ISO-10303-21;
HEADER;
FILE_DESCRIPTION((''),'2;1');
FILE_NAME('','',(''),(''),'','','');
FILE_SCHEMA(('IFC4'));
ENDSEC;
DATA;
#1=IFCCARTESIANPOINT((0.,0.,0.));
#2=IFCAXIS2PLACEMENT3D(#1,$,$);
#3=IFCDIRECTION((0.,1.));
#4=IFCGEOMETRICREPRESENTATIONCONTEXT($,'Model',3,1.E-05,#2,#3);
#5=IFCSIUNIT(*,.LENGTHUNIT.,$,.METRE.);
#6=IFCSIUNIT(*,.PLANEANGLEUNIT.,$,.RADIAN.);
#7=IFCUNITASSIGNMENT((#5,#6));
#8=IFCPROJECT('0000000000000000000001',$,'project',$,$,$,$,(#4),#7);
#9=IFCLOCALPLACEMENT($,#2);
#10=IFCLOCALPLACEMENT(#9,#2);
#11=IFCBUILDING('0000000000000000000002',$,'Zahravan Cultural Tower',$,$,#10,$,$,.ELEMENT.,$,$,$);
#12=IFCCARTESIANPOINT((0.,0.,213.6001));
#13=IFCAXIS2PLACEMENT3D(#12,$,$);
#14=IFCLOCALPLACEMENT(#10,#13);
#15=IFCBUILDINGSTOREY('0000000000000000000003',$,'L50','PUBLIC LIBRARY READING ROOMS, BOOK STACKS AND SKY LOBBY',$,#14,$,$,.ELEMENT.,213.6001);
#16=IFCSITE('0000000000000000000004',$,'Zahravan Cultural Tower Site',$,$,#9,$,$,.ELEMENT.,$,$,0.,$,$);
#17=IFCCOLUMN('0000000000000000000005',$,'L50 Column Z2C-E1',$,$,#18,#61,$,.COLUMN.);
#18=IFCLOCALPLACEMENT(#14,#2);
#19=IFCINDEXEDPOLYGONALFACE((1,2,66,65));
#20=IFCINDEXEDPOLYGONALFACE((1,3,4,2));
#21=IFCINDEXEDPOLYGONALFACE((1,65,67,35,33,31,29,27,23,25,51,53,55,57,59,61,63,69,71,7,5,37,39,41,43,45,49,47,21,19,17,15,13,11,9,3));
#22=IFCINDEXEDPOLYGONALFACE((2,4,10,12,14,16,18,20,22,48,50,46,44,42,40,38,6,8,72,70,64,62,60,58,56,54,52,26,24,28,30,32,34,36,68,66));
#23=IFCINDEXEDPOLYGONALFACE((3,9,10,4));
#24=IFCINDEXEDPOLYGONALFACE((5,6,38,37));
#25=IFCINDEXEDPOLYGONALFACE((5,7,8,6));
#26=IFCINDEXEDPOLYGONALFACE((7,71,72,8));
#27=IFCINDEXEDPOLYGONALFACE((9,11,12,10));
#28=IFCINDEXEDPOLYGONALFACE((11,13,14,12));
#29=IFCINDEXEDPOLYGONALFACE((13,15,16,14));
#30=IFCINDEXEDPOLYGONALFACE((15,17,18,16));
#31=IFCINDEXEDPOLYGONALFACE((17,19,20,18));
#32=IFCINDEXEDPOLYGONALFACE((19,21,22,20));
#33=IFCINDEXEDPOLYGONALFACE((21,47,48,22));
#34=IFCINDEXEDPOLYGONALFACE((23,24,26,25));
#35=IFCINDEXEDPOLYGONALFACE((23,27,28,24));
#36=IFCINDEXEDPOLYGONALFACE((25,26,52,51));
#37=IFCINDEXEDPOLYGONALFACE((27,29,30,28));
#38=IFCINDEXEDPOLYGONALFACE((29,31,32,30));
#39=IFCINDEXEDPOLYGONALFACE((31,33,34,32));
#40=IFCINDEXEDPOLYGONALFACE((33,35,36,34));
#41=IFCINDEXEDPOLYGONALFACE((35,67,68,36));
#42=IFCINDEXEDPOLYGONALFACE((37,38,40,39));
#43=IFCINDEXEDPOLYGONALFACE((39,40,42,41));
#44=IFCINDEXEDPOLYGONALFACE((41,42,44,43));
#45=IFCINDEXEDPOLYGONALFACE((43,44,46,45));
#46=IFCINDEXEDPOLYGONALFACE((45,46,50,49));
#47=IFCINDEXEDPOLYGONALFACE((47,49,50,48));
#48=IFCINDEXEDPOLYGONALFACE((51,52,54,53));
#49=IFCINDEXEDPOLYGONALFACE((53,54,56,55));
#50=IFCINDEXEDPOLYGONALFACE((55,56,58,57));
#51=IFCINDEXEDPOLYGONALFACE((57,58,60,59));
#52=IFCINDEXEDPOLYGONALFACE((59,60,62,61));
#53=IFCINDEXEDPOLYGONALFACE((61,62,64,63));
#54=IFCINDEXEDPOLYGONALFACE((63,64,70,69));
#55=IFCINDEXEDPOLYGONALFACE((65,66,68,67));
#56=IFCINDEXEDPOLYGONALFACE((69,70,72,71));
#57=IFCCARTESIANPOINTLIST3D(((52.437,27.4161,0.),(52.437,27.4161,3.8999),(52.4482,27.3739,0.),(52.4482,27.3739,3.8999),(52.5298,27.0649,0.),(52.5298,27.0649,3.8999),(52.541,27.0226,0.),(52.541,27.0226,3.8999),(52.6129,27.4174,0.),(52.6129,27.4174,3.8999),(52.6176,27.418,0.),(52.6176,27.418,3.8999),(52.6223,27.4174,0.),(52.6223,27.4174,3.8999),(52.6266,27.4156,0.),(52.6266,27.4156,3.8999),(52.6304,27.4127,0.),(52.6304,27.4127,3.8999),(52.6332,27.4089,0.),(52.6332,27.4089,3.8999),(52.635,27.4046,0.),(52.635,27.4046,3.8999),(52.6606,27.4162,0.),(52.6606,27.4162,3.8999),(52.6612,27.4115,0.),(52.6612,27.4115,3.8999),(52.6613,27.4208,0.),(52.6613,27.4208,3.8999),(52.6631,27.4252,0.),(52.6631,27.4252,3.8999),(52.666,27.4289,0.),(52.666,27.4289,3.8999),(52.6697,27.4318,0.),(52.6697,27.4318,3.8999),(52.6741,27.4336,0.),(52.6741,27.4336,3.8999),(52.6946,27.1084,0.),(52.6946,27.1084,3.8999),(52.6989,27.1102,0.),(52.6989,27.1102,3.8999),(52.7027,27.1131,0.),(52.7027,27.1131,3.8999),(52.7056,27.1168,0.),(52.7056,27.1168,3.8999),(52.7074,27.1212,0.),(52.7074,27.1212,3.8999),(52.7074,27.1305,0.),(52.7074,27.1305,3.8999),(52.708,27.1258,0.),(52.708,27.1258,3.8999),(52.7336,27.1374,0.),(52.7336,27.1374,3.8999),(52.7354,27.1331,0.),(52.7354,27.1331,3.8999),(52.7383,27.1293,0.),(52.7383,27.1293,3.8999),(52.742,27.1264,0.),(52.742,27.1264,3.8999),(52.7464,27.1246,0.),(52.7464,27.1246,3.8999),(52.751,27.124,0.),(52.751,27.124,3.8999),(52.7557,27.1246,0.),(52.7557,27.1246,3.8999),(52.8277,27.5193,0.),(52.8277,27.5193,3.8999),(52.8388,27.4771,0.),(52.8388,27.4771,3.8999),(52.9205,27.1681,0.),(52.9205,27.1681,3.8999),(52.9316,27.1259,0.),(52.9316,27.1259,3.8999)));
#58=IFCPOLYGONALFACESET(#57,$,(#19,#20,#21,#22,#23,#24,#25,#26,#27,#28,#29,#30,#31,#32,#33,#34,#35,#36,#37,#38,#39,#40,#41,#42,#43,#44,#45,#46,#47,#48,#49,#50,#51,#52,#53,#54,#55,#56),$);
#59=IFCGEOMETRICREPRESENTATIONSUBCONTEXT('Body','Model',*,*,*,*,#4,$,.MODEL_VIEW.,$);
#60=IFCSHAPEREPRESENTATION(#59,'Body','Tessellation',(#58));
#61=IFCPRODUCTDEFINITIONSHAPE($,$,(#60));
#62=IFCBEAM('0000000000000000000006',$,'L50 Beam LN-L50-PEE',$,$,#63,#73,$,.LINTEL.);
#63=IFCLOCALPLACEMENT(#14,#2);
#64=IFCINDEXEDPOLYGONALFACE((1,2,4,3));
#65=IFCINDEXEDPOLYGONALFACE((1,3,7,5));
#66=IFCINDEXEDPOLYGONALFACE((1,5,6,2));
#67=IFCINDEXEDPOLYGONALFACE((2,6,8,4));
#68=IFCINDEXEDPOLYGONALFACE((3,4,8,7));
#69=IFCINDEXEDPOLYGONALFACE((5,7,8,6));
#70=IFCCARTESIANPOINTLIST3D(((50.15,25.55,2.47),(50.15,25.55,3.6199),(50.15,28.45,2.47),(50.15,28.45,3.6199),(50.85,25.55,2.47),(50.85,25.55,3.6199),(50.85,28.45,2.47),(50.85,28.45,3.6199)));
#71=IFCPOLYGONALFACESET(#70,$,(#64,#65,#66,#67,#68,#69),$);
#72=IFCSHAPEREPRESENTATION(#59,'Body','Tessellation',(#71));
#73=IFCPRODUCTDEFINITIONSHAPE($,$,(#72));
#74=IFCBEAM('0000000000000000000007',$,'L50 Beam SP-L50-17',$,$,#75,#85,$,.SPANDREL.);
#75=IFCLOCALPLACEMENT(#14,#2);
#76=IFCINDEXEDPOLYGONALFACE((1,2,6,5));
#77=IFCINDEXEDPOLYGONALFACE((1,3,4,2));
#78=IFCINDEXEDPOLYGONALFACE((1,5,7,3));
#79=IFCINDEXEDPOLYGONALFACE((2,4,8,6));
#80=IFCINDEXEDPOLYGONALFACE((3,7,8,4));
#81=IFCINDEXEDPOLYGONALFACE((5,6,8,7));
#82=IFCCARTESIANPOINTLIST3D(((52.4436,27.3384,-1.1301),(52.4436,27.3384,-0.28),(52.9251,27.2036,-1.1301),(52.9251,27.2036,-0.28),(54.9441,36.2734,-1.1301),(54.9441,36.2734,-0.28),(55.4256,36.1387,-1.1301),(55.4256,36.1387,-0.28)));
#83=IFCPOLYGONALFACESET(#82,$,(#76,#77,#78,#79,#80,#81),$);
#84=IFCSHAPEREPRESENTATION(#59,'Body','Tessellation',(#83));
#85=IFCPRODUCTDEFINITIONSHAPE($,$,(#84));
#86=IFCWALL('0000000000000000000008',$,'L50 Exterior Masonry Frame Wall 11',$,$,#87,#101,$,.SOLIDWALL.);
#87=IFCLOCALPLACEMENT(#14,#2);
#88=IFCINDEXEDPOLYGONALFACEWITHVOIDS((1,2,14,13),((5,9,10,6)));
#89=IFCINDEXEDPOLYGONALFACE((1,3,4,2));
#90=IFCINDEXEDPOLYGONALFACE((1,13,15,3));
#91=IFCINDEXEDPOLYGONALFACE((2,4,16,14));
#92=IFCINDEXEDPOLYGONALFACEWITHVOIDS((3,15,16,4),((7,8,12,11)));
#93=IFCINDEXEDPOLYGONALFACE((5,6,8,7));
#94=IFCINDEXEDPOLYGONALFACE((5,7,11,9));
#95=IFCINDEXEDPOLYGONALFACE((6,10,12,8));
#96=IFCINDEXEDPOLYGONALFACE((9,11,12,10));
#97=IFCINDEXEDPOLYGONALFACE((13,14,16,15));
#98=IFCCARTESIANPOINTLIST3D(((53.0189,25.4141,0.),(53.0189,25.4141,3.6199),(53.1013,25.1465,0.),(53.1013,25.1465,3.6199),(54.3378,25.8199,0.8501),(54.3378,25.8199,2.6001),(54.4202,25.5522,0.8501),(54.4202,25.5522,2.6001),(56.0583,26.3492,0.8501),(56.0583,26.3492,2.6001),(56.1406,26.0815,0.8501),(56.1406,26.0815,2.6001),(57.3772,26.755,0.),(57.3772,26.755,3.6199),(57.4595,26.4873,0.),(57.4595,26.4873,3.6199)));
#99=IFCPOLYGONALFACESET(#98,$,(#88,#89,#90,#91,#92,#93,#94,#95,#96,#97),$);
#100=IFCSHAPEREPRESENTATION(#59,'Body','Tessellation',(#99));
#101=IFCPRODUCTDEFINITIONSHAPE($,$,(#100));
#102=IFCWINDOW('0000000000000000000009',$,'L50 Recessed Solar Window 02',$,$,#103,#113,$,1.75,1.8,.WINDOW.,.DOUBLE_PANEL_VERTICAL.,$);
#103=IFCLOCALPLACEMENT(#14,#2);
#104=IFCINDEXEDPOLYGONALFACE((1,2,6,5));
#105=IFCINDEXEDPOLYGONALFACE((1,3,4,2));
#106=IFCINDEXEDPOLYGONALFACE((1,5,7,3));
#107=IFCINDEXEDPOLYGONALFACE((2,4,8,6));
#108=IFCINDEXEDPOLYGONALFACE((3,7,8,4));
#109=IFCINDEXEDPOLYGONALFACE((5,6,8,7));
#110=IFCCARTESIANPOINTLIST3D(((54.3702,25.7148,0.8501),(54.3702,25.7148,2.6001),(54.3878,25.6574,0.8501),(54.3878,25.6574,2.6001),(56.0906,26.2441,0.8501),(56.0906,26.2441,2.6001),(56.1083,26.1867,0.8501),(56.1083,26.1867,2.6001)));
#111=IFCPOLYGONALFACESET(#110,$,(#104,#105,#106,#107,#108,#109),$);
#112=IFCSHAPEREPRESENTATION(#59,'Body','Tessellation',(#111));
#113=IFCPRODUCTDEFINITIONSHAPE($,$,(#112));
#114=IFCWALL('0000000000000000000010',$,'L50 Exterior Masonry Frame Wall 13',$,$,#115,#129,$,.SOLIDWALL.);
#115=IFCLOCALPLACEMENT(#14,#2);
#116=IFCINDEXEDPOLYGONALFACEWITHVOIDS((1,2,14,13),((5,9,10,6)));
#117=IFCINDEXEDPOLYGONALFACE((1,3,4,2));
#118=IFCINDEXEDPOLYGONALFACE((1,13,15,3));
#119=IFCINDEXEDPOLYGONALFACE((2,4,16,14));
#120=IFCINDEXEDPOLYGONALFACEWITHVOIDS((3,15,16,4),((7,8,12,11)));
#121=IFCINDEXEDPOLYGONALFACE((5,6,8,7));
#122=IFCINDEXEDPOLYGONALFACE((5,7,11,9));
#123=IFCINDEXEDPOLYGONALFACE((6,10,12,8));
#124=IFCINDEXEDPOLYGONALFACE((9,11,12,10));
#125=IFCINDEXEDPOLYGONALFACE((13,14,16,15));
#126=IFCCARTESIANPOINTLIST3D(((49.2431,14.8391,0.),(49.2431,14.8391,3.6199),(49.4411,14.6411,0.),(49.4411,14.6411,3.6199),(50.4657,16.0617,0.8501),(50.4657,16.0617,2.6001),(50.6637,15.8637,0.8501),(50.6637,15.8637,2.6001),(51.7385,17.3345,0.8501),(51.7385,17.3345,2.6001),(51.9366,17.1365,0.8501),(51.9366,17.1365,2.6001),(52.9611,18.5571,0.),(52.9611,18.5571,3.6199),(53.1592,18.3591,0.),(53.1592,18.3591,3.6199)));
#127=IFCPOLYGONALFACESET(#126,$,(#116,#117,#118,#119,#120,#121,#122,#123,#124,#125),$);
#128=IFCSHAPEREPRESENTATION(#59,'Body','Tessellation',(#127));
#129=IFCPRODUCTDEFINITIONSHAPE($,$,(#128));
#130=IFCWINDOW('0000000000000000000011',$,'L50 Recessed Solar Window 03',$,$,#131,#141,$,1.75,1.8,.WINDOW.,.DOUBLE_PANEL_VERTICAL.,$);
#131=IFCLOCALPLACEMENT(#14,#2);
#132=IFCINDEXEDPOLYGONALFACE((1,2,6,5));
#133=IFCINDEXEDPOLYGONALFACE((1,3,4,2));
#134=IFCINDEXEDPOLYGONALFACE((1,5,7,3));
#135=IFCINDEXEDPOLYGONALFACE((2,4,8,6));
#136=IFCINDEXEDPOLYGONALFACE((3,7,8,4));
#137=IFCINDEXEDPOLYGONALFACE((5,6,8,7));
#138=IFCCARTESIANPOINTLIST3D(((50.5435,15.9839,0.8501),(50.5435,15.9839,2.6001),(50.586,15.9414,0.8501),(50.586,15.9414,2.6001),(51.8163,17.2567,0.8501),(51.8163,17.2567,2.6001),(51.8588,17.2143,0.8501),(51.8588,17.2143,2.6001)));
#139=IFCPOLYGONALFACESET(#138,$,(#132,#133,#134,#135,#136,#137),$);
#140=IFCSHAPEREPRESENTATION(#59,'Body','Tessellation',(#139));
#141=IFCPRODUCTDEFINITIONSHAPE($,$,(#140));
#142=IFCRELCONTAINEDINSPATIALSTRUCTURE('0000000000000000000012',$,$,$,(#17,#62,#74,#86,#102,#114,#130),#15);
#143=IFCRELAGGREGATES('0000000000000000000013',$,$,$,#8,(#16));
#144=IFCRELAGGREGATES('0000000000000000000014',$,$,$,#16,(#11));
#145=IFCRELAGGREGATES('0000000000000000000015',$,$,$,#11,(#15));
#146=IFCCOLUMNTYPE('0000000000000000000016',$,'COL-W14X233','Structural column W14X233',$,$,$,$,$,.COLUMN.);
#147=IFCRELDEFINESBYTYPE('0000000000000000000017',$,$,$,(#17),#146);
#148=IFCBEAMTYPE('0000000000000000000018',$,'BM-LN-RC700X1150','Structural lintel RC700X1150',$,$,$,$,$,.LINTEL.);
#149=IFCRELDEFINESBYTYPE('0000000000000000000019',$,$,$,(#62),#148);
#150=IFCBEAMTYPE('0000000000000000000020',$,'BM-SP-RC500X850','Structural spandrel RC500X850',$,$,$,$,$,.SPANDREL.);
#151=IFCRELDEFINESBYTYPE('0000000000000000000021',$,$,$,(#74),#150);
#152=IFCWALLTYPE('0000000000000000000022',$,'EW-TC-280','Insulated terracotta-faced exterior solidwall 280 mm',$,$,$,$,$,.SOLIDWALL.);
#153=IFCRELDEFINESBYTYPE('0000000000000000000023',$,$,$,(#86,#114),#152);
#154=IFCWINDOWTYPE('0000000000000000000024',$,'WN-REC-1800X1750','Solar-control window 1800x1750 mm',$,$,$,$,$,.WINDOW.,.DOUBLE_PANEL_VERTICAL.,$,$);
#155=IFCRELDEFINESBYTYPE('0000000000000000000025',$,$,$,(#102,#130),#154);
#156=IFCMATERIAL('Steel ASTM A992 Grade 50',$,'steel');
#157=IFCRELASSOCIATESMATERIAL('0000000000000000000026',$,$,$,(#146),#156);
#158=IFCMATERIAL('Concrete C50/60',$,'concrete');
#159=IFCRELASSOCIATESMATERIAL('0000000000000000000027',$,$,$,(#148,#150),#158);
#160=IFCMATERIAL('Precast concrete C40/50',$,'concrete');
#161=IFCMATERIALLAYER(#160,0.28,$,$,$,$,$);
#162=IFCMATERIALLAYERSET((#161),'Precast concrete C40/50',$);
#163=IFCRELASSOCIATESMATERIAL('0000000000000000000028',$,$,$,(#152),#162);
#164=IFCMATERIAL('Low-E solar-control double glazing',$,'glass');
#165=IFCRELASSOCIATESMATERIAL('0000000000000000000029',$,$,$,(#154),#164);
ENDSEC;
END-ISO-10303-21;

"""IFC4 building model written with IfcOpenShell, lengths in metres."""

from ifc_helpers import new_model, si_unit, direction, frame, frame_2d, origin, origin_2d, place, context, subcontext, project, spatial, rectangle, i_section, extrude, source, transform, mapped, material, layer, layer_set, material_profile, profile_set, type_object, element, fill, save


model = new_model("IFC4")

# Units and contexts
model_context = context("Model", 3, precision=1e-05, world=origin(), true_north=direction((0.0, 1.0)))
body_context = subcontext(model_context, "Body", "Model", "MODEL_VIEW")
ifc_project = project(units=[si_unit("LENGTHUNIT", "METRE"), si_unit("PLANEANGLEUNIT", "RADIAN")], contexts=[model_context])

# Site, building, storey
site_placement = place(None, origin())
site = spatial("IfcSite", under=ifc_project, at=site_placement, Name="Zahravan Cultural Tower Site", CompositionType="ELEMENT", RefElevation=0.0)
building_placement = place(site_placement, origin())
building = spatial("IfcBuilding", under=site, at=building_placement, Name="Zahravan Cultural Tower", CompositionType="ELEMENT")
storey_placement = place(building_placement, frame((0.0, 0.0, 213.6001)))
storey = spatial("IfcBuildingStorey", under=building, at=storey_placement, Name="L50", Description="PUBLIC LIBRARY READING ROOMS, BOOK STACKS AND SKY LOBBY", CompositionType="ELEMENT", Elevation=213.6001)

# Column
ifc_material_1 = material(Name="Steel ASTM A992 Grade 50", Category="steel")
ifc_material_profile_1 = material_profile(ifc_material_1, i_section(OverallWidth=0.4041, OverallDepth=0.407, WebThickness=0.0271, FlangeThickness=0.0437, FilletRadius=0.0181, at=origin_2d()), Name="W14X233")
ifc_profile_set_1 = profile_set([ifc_material_profile_1], Name="Steel ASTM A992 Grade 50")
column_type = type_object("IfcColumnType", Name="COL-W14X233", Description="Structural column W14X233", PredefinedType="COLUMN", material=ifc_profile_set_1)
shared_shape_1 = source(origin(), body_context, "Body", "SweptSolid", [
    extrude(i_section(OverallWidth=0.4041, OverallDepth=0.407, WebThickness=0.0271, FlangeThickness=0.0437, FilletRadius=0.0181, at=origin_2d()), origin(), (0.0, 0.0, 1.0), 3.8999),
])
column_placement = place(storey_placement, frame((52.6843, 27.271, 0.0), z_axis=(0.0, 0.0, 1.0), x_axis=(0.966823, 0.255446, 0.0)))
element("IfcColumn", 1, at=column_placement, inside=storey, type_object=column_type, Name="L50 Column Z2C-E1", PredefinedType="COLUMN", context=body_context, shape_type="MappedRepresentation", body=[
    mapped(shared_shape_1, transform((0.0, 0.0, 0.0), x_axis=(1.0, 0.0, 0.0), y_axis=(0.0, 1.0, 0.0), z_axis=(0.0, 0.0, 1.0), scale=1.0)),
])

# Beams
ifc_material_2 = material(Name="Concrete C50/60", Category="concrete")
ifc_material_profile_2 = material_profile(ifc_material_2, rectangle(XDim=0.7, YDim=1.1499, at=origin_2d()), Name="RC700X1150")
ifc_profile_set_2 = profile_set([ifc_material_profile_2], Name="Concrete C50/60")
beam_type_1 = type_object("IfcBeamType", Name="BM-LN-RC700X1150", Description="Structural lintel RC700X1150", PredefinedType="LINTEL", material=ifc_profile_set_2)
shared_shape_2 = source(origin(), body_context, "Body", "SweptSolid", [
    extrude(rectangle(XDim=0.7, YDim=1.1499, at=origin_2d()), origin(), (0.0, 0.0, 1.0), 2.8999),
])
beam_1_placement = place(storey_placement, frame((50.5, 25.55, 3.0449), z_axis=(0.0, 1.0, 0.0), x_axis=(-1.0, 0.0, 0.0)))
element("IfcBeam", 2, at=beam_1_placement, inside=storey, type_object=beam_type_1, Name="L50 Beam LN-L50-PEE", PredefinedType="LINTEL", context=body_context, shape_type="MappedRepresentation", body=[
    mapped(shared_shape_2, transform((0.0, 0.0, 0.0), x_axis=(1.0, 0.0, 0.0), y_axis=(0.0, 1.0, 0.0), z_axis=(0.0, 0.0, 1.0), scale=1.0)),
])
ifc_material_profile_3 = material_profile(ifc_material_2, rectangle(XDim=0.5, YDim=0.8501, at=origin_2d()), Name="RC500X850")
ifc_profile_set_3 = profile_set([ifc_material_profile_3], Name="Concrete C50/60")
beam_type_2 = type_object("IfcBeamType", Name="BM-SP-RC500X850", Description="Structural spandrel RC500X850", PredefinedType="SPANDREL", material=ifc_profile_set_3)
shared_shape_3 = source(origin(), body_context, "Body", "SweptSolid", [
    extrude(rectangle(XDim=0.5, YDim=0.8501, at=origin_2d()), origin(), (0.0, 0.0, 1.0), 9.2783),
])
beam_2_placement = place(storey_placement, frame((52.6843, 27.271, -0.7051), z_axis=(0.269497, 0.963001, 0.0), x_axis=(-0.963001, 0.269497, 0.0)))
element("IfcBeam", 3, at=beam_2_placement, inside=storey, type_object=beam_type_2, Name="L50 Beam SP-L50-17", PredefinedType="SPANDREL", context=body_context, shape_type="MappedRepresentation", body=[
    mapped(shared_shape_3, transform((0.0, 0.0, 0.0), x_axis=(1.0, 0.0, 0.0), y_axis=(0.0, 1.0, 0.0), z_axis=(0.0, 0.0, 1.0), scale=1.0)),
])

# Walls, openings, windows
ifc_material_3 = material(Name="Precast concrete C40/50", Category="concrete")
ifc_layer_1 = layer(ifc_material_3, 0.28)
ifc_layer_set_1 = layer_set([ifc_layer_1], Name="Precast concrete C40/50")
wall_type_1 = type_object("IfcWallType", Name="EW-TC-280", Description="Insulated terracotta-faced exterior solidwall 280 mm", PredefinedType="SOLIDWALL", material=ifc_layer_set_1)
wall_1_placement = place(storey_placement, frame((57.4182, 26.6211, 0.0), z_axis=(0.0, 0.0, 1.0), x_axis=(-0.955788, -0.294056, 0.0)))
wall_1 = element("IfcWall", 4, at=wall_1_placement, inside=storey, type_object=wall_type_1, Name="L50 Exterior Masonry Frame Wall 11", PredefinedType="SOLIDWALL", context=body_context, shape_type="SweptSolid", body=[
    extrude(rectangle(XDim=4.5598, YDim=0.28, at=frame_2d((2.2798, 0.0))), origin(), (0.0, 0.0, 1.0), 3.6199),
])
opening_1_placement = place(wall_1_placement, frame((1.3799, 0.0, 0.8501)))
opening_1 = element("IfcOpeningElement", 5, at=opening_1_placement, cuts=wall_1, PredefinedType="OPENING", context=body_context, shape_type="SweptSolid", body=[
    extrude(rectangle(XDim=1.8, YDim=1.75, at=frame_2d((0.8999, 0.875))), frame((0.0, 0.1499, 0.0), z_axis=(0.0, -1.0, 0.0), x_axis=(1.0, 0.0, 0.0)), (0.0, 0.0, 1.0), 0.3),
])
ifc_material_4 = material(Name="Low-E solar-control double glazing", Category="glass")
window_type = type_object("IfcWindowType", Name="WN-REC-1800X1750", Description="Solar-control window 1800x1750 mm", PartitioningType="DOUBLE_PANEL_VERTICAL", PredefinedType="WINDOW", material=ifc_material_4)
shared_shape_4 = source(origin(), body_context, "Body", "SweptSolid", [
    extrude(rectangle(XDim=1.8, YDim=1.75, at=frame_2d((0.8999, 0.875))), frame((0.0, 0.03, 0.0), z_axis=(0.0, -1.0, 0.0), x_axis=(1.0, 0.0, 0.0)), (0.0, 0.0, 1.0), 0.0601),
])
window_1_placement = place(opening_1_placement, origin())
window_1 = element("IfcWindow", 6, at=window_1_placement, inside=storey, type_object=window_type, Name="L50 Recessed Solar Window 02", OverallHeight=1.75, OverallWidth=1.8, PartitioningType="DOUBLE_PANEL_VERTICAL", PredefinedType="WINDOW", context=body_context, shape_type="MappedRepresentation", body=[
    mapped(shared_shape_4, transform((0.0, 0.0, 0.0), x_axis=(1.0, 0.0, 0.0), y_axis=(0.0, 1.0, 0.0), z_axis=(0.0, 0.0, 1.0), scale=1.0)),
])
fill(opening_1, window_1)
wall_2_placement = place(storey_placement, frame((53.0601, 18.458, 0.0), z_axis=(0.0, 0.0, 1.0), x_axis=(-0.707107, -0.707107, 0.0)))
wall_2 = element("IfcWall", 7, at=wall_2_placement, inside=storey, type_object=wall_type_1, Name="L50 Exterior Masonry Frame Wall 13", PredefinedType="SOLIDWALL", context=body_context, shape_type="SweptSolid", body=[
    extrude(rectangle(XDim=5.2581, YDim=0.28, at=frame_2d((2.6289, 0.0))), origin(), (0.0, 0.0, 1.0), 3.6199),
])
opening_2_placement = place(wall_2_placement, frame((1.729, 0.0, 0.8501)))
opening_2 = element("IfcOpeningElement", 8, at=opening_2_placement, cuts=wall_2, PredefinedType="OPENING", context=body_context, shape_type="SweptSolid", body=[
    extrude(rectangle(XDim=1.8, YDim=1.75, at=frame_2d((0.8999, 0.875))), frame((0.0, 0.1499, 0.0), z_axis=(0.0, -1.0, 0.0), x_axis=(1.0, 0.0, 0.0)), (0.0, 0.0, 1.0), 0.3),
])
window_2_placement = place(opening_2_placement, origin())
window_2 = element("IfcWindow", 9, at=window_2_placement, inside=storey, type_object=window_type, Name="L50 Recessed Solar Window 03", OverallHeight=1.75, OverallWidth=1.8, PartitioningType="DOUBLE_PANEL_VERTICAL", PredefinedType="WINDOW", context=body_context, shape_type="MappedRepresentation", body=[
    mapped(shared_shape_4, transform((0.0, 0.0, 0.0), x_axis=(1.0, 0.0, 0.0), y_axis=(0.0, 1.0, 0.0), z_axis=(0.0, 0.0, 1.0), scale=1.0)),
])
fill(opening_2, window_2)

save(model, "model.ifc")
